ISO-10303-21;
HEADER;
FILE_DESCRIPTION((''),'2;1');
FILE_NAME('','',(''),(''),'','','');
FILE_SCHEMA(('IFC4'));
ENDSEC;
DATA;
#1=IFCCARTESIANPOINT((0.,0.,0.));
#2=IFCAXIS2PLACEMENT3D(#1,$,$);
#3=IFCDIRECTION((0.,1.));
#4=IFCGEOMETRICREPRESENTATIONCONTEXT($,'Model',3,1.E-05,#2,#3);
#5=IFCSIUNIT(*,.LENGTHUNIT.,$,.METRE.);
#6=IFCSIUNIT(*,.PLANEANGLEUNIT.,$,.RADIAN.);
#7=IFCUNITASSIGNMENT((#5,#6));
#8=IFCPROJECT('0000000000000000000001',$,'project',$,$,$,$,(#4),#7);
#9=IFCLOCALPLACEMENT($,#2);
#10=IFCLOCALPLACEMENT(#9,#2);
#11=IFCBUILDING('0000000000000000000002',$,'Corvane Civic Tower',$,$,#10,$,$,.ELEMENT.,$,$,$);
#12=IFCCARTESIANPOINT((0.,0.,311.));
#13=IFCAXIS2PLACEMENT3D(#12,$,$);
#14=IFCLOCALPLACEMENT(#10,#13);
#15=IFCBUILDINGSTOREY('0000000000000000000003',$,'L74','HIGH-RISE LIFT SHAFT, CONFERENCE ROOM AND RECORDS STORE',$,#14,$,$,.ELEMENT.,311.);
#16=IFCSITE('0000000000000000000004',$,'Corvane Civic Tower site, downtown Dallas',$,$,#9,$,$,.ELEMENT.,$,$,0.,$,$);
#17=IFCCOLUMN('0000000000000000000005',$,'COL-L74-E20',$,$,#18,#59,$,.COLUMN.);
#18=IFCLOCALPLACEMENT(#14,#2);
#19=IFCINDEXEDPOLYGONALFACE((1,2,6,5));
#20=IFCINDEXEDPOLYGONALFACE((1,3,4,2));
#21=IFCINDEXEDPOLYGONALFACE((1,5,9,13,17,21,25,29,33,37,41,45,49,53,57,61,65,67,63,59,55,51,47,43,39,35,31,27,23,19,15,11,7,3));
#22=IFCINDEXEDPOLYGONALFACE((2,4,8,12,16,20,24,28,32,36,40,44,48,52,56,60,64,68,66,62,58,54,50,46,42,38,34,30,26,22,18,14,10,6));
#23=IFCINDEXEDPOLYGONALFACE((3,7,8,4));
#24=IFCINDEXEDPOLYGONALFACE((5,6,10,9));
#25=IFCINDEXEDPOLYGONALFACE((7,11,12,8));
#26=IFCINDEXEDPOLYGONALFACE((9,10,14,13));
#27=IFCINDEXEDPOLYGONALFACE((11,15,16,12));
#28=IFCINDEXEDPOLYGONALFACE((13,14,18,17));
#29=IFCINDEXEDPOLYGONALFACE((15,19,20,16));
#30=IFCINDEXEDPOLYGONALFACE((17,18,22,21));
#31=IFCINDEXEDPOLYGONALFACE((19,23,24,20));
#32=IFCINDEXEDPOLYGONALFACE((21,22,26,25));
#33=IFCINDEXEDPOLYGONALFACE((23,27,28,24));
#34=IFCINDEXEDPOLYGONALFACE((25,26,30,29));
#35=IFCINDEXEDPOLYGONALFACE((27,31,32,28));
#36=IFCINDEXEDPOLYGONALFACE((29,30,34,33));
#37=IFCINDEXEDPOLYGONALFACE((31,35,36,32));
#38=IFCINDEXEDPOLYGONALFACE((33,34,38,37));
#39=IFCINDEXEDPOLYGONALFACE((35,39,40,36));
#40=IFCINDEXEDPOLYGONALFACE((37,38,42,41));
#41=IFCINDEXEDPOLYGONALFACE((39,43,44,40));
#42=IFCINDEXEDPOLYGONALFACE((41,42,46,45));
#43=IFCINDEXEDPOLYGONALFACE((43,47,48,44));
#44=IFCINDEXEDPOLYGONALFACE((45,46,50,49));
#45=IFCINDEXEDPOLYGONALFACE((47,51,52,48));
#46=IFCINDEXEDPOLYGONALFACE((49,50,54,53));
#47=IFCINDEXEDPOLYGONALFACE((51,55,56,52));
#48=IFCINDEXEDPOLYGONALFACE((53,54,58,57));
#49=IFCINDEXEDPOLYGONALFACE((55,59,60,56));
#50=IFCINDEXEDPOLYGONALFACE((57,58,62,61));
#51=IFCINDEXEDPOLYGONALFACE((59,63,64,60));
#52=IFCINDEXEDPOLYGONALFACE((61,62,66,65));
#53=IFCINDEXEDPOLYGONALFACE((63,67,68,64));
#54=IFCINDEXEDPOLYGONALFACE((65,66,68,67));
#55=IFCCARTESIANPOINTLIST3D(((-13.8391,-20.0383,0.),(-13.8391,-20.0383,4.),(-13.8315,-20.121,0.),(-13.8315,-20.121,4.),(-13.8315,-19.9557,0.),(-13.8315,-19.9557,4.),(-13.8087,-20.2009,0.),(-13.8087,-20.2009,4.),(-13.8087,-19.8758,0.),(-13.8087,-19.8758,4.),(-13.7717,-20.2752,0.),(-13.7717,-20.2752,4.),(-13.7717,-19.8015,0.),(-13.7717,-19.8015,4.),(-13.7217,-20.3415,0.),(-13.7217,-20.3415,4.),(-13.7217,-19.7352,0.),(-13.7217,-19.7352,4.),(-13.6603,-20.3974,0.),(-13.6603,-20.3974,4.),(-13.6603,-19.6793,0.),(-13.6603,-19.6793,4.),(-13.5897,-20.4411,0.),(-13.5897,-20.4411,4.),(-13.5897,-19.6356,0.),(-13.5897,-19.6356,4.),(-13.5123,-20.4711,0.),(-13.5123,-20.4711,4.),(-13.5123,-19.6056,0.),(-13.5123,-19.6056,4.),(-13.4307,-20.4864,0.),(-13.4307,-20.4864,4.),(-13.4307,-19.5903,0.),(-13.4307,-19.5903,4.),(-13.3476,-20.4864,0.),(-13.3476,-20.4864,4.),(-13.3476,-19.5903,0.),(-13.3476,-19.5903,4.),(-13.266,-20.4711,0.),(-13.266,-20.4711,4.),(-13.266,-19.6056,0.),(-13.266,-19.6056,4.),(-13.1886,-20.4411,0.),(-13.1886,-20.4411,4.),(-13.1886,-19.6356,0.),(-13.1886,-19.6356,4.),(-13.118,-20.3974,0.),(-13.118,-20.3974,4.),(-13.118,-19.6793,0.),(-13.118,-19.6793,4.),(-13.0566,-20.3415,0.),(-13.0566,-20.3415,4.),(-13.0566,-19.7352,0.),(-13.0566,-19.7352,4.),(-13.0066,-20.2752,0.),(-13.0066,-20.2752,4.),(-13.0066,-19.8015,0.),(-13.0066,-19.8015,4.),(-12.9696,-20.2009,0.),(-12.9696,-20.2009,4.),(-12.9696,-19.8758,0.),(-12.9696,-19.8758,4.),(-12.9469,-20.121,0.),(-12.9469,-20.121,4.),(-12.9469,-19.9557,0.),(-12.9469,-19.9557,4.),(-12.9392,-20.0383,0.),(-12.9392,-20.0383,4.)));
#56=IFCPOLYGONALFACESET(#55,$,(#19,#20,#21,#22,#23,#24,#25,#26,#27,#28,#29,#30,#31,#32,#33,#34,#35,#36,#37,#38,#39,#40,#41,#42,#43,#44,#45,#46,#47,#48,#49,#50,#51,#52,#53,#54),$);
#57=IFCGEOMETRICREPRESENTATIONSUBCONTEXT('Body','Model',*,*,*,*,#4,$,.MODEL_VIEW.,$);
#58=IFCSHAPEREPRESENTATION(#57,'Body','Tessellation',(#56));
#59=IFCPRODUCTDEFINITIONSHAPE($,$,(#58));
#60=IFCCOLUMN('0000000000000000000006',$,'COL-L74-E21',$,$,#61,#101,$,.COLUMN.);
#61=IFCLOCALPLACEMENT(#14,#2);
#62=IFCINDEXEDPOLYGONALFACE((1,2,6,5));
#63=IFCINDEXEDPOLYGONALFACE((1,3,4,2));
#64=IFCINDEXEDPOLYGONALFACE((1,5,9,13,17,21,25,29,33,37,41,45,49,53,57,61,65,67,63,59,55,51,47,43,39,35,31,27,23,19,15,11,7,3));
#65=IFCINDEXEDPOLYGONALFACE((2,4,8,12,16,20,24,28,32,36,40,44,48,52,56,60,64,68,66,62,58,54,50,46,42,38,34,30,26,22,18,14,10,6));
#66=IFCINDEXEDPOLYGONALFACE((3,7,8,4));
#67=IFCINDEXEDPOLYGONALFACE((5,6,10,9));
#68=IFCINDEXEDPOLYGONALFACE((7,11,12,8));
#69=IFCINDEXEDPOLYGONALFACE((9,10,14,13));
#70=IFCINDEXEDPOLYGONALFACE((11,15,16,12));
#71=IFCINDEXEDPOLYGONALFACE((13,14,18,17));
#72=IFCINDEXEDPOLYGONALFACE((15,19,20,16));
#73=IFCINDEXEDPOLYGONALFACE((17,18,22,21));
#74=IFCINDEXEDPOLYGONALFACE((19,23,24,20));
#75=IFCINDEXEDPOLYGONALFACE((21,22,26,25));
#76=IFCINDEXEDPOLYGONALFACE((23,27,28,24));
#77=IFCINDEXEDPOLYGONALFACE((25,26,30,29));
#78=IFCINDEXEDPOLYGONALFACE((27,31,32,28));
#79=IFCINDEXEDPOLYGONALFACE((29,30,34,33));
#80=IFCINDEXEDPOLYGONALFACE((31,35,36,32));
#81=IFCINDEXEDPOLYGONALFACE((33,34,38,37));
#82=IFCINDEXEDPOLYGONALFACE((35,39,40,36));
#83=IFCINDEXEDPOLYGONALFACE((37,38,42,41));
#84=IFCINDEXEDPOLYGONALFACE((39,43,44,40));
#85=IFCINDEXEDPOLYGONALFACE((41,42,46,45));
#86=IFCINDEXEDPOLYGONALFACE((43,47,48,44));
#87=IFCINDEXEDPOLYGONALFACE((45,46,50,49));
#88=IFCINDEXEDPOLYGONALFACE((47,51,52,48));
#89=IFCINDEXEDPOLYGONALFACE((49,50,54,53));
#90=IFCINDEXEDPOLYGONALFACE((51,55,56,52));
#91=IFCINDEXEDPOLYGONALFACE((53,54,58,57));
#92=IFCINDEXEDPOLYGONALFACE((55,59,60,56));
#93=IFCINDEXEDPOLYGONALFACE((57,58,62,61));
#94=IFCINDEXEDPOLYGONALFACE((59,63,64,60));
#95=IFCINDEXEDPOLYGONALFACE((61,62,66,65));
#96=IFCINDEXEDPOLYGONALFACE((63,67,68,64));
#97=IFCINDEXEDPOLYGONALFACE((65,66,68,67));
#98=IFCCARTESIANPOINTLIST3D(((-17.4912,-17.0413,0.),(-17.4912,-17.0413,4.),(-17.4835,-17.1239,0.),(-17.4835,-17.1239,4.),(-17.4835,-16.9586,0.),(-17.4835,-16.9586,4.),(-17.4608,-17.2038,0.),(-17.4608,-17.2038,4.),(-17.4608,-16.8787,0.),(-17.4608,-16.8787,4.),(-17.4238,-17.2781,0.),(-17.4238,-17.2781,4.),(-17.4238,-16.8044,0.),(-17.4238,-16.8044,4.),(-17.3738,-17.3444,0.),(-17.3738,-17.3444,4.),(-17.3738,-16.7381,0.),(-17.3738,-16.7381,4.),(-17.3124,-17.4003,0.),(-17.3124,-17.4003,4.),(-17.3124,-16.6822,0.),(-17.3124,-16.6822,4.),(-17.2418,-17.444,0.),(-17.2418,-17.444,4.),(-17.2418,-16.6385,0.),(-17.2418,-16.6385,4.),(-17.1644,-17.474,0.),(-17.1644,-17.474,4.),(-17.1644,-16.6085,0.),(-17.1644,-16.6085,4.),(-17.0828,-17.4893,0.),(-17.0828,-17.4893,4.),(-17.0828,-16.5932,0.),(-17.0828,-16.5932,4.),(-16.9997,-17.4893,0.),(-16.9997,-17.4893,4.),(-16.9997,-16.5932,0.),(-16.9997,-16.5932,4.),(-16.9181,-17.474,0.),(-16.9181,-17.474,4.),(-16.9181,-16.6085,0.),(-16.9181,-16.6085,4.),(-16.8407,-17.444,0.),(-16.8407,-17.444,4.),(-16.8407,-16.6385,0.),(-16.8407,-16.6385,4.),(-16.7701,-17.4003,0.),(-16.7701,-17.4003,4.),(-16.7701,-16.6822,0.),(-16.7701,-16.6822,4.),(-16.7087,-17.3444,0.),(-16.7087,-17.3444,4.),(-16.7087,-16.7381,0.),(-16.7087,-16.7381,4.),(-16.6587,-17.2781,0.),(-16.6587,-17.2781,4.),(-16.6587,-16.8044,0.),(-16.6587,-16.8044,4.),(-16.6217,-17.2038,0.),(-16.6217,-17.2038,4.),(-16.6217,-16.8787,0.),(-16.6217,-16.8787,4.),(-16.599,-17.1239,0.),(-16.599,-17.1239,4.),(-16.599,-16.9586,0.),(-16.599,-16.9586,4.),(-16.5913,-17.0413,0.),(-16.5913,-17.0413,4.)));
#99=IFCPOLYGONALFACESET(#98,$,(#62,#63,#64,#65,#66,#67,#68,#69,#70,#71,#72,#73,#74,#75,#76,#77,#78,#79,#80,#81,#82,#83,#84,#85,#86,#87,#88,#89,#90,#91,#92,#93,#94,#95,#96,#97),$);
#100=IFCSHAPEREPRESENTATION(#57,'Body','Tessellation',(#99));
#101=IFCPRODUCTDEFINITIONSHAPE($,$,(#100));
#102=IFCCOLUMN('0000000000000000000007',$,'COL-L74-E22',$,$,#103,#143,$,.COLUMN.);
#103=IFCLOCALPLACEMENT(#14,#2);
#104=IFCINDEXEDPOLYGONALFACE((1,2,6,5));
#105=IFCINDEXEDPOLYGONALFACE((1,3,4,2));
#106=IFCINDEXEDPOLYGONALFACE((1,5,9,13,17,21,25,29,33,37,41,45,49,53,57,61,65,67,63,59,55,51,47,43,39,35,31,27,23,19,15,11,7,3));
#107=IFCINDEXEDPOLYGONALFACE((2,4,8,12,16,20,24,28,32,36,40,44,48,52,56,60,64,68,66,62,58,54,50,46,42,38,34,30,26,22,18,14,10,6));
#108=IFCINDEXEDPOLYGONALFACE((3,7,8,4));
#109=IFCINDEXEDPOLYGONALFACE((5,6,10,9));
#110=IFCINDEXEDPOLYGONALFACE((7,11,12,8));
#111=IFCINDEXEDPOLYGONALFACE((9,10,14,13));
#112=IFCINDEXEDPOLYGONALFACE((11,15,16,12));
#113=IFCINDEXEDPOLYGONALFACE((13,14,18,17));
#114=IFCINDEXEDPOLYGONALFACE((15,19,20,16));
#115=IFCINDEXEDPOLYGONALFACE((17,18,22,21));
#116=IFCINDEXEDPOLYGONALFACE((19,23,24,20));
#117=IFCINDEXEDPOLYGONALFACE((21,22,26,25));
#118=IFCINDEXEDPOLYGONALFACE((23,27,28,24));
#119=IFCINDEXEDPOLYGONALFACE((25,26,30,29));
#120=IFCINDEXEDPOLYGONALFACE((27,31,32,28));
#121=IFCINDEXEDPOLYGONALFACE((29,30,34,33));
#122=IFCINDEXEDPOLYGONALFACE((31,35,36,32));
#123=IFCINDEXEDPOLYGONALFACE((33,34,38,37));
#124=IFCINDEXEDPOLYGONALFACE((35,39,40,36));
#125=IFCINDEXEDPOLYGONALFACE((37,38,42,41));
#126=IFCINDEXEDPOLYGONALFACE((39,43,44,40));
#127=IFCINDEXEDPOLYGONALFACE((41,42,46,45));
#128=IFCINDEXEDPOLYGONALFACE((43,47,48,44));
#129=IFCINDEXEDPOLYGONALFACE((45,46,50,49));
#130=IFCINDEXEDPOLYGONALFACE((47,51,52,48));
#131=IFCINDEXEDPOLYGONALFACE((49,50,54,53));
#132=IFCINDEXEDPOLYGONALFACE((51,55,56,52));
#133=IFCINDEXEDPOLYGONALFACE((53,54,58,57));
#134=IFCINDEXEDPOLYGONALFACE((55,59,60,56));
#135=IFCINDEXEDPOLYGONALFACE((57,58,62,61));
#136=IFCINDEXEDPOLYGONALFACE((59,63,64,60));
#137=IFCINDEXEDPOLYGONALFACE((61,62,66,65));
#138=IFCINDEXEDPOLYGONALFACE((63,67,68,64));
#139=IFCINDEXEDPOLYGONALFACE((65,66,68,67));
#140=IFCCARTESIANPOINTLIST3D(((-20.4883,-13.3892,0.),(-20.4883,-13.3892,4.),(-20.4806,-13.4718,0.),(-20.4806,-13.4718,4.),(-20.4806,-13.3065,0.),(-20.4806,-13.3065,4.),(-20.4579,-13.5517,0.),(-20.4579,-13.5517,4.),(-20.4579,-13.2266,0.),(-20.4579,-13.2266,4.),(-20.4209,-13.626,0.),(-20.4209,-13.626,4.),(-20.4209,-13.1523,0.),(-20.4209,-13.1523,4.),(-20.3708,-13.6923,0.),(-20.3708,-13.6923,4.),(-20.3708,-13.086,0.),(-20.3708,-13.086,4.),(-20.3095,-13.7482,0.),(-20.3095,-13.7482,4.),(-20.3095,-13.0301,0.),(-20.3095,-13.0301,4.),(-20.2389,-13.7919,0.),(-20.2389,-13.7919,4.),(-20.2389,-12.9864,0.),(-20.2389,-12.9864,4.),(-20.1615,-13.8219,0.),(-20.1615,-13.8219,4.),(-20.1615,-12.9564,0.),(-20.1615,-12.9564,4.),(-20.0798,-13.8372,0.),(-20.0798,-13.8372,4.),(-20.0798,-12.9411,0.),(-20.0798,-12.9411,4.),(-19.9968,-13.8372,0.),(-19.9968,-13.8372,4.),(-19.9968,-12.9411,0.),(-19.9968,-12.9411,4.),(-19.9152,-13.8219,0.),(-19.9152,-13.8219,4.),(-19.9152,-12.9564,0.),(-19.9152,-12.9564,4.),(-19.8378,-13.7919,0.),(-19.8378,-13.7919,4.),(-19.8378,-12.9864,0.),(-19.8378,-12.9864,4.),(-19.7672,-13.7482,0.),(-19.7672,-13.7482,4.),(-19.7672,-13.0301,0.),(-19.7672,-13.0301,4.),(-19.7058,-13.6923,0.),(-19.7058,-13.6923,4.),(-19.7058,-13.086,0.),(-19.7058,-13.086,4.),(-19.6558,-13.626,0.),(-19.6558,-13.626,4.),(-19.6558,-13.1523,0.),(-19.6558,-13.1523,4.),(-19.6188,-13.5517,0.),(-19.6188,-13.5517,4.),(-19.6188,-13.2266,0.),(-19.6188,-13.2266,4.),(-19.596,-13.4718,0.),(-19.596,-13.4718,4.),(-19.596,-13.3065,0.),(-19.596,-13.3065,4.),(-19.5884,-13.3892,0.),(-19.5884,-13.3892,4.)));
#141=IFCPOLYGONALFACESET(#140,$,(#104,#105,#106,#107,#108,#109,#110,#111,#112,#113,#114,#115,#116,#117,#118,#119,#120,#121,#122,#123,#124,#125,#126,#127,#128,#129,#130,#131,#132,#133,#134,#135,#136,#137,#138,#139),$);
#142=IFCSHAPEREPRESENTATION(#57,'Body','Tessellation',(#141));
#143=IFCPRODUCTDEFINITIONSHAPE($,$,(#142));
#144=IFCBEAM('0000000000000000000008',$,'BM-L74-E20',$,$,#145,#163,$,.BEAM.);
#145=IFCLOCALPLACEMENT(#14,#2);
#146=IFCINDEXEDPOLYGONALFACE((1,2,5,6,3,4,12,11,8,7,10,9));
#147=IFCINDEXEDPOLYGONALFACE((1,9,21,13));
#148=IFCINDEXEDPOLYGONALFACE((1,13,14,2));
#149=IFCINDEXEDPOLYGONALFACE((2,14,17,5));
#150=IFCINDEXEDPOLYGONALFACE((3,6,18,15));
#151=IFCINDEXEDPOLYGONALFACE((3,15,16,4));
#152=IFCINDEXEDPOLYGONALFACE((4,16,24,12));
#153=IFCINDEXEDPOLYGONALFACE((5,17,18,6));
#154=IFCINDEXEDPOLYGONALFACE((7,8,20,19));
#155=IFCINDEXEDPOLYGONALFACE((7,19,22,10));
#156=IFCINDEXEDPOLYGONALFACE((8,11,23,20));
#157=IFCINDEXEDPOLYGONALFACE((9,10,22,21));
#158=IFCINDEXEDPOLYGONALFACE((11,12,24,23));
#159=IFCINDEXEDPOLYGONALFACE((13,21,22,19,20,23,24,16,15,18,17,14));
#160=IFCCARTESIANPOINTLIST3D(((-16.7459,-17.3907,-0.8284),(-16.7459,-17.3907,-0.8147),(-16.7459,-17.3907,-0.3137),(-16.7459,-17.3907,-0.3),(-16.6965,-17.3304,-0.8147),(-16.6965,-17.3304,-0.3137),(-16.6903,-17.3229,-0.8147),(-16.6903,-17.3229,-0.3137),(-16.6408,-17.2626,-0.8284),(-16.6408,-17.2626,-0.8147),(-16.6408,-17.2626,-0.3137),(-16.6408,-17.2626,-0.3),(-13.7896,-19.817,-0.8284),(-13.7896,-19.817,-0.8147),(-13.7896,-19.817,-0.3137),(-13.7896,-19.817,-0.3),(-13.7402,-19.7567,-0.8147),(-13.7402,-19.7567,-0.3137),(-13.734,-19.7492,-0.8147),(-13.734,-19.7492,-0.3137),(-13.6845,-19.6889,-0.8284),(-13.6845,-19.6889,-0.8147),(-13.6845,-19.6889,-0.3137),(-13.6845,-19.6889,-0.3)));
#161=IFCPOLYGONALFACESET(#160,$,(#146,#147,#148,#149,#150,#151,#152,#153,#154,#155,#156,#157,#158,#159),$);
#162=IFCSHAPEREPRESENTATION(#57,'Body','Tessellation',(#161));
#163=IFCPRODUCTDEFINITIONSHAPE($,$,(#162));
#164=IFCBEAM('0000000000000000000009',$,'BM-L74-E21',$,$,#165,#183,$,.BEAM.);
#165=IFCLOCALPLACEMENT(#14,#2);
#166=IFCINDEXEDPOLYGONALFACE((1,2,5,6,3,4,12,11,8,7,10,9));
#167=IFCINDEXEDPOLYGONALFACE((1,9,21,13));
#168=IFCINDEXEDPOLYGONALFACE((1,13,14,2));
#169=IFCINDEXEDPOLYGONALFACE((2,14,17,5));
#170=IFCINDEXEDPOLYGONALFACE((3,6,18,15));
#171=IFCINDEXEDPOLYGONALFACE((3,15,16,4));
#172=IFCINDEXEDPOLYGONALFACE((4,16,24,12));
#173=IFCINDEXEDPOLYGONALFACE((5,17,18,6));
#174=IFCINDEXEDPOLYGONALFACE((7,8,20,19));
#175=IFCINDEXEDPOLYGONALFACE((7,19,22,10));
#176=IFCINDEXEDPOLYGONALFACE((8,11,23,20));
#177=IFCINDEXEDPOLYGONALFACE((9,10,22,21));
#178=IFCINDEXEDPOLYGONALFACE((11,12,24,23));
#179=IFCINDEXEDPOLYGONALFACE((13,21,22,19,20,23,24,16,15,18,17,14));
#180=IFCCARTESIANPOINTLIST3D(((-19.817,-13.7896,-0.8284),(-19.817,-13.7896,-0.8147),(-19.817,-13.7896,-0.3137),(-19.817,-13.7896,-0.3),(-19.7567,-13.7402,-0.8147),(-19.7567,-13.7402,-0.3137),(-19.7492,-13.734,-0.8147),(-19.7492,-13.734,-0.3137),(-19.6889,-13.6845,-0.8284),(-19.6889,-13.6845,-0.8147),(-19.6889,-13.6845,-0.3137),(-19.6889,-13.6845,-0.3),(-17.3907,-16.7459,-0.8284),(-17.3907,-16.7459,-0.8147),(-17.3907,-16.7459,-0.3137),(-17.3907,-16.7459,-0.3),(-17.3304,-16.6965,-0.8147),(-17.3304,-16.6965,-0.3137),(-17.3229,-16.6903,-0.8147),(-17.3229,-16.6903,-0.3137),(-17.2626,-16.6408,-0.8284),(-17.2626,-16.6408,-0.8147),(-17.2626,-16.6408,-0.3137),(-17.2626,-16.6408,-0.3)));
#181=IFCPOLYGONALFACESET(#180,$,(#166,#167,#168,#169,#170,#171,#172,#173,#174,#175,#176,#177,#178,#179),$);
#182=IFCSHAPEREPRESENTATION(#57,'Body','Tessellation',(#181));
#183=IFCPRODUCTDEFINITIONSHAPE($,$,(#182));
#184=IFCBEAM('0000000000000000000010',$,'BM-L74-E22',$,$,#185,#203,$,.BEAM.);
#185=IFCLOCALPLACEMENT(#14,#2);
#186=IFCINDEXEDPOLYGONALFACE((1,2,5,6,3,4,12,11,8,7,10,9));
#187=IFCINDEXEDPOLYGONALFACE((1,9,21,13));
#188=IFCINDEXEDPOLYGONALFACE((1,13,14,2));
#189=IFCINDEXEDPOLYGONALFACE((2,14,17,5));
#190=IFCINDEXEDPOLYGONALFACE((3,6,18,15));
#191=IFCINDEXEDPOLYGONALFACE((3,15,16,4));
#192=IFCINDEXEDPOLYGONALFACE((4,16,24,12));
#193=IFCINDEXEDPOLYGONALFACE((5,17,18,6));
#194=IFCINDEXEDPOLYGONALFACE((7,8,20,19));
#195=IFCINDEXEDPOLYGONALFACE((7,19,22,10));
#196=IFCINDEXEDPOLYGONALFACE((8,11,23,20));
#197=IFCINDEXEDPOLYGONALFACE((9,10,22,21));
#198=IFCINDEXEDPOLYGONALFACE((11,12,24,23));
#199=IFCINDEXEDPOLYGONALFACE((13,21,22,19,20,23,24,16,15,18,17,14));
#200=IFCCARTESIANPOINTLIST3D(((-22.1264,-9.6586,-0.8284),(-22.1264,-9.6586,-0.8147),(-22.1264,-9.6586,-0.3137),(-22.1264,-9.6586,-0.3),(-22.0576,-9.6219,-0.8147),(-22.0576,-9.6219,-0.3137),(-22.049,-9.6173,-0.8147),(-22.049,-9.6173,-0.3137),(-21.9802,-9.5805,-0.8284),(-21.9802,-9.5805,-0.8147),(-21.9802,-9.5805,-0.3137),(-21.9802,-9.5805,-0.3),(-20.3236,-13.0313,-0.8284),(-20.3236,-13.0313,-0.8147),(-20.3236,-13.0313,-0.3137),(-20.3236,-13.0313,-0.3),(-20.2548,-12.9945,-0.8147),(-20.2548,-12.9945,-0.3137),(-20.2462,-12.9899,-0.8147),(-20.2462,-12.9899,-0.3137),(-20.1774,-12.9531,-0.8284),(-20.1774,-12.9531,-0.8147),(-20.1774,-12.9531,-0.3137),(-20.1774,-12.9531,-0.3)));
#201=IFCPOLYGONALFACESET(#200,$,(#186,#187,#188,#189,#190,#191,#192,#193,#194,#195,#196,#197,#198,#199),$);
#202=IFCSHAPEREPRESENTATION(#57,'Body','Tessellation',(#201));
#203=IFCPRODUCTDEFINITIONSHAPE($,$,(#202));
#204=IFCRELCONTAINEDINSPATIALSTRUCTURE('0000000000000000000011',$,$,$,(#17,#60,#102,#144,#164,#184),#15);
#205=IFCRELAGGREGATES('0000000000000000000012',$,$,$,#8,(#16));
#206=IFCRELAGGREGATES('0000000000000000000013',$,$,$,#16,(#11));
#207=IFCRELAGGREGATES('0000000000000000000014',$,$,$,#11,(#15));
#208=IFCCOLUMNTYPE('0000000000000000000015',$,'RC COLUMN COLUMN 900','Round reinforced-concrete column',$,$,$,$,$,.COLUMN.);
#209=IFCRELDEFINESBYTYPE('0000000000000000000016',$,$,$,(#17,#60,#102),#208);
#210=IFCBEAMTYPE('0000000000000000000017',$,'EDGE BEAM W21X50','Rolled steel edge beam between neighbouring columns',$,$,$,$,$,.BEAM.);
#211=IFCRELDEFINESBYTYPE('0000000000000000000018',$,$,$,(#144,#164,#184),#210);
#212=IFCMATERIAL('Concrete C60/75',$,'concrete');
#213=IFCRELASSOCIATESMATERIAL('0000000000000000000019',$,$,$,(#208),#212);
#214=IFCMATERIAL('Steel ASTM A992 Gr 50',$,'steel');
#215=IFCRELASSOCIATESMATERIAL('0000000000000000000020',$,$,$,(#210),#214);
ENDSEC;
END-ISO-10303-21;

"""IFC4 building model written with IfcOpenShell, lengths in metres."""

from ifc_helpers import new_model, si_unit, direction, frame, origin, origin_2d, place, context, subcontext, project, spatial, circle, i_section, extrude, material, material_profile, profile_set, type_object, element, save


model = new_model("IFC4")

# Units and contexts
model_context = context("Model", 3, precision=1e-05, world=origin(), true_north=direction((0.0, 1.0)))
body_context = subcontext(model_context, "Body", "Model", "MODEL_VIEW")
ifc_project = project(units=[si_unit("LENGTHUNIT", "METRE"), si_unit("PLANEANGLEUNIT", "RADIAN")], contexts=[model_context])

# Site, building, storey
site_placement = place(None, origin())
site = spatial("IfcSite", under=ifc_project, at=site_placement, Name="Corvane Civic Tower site, downtown Dallas", CompositionType="ELEMENT", RefElevation=0.0)
building_placement = place(site_placement, origin())
building = spatial("IfcBuilding", under=site, at=building_placement, Name="Corvane Civic Tower", CompositionType="ELEMENT")
storey_placement = place(building_placement, frame((0.0, 0.0, 311.0)))
storey = spatial("IfcBuildingStorey", under=building, at=storey_placement, Name="L74", Description="HIGH-RISE LIFT SHAFT, CONFERENCE ROOM AND RECORDS STORE", CompositionType="ELEMENT", Elevation=311.0)

# Columns
ifc_material_1 = material(Name="Concrete C60/75", Category="concrete")
ifc_material_profile_1 = material_profile(ifc_material_1, circle(Radius=0.45, at=origin_2d()), Name="COLUMN 900")
ifc_profile_set_1 = profile_set([ifc_material_profile_1], Name="Concrete C60/75")
column_type = type_object("IfcColumnType", Name="RC COLUMN COLUMN 900", Description="Round reinforced-concrete column", PredefinedType="COLUMN", material=ifc_profile_set_1)
for number, where, z_axis, x_axis, name in (
    (1, (-13.3892, -20.0383, 0.0), (0.0, 0.0, 1.0), (1.0, 0.0, 0.0), "COL-L74-E20"),
    (2, (-17.0413, -17.0413, 0.0), (0.0, 0.0, 1.0), (1.0, 0.0, 0.0), "COL-L74-E21"),
    (3, (-20.0383, -13.3892, 0.0), (0.0, 0.0, 1.0), (1.0, 0.0, 0.0), "COL-L74-E22"),
):
    element("IfcColumn", number, at=place(storey_placement, frame(where, z_axis=z_axis, x_axis=x_axis)), inside=storey, type_object=column_type, Name=name, PredefinedType="COLUMN", context=body_context, shape_type="SweptSolid", body=[
        extrude(circle(Radius=0.45, at=origin_2d()), origin(), (0.0, 0.0, 1.0), 4.0),
    ])

# Beams
ifc_material_2 = material(Name="Steel ASTM A992 Gr 50", Category="steel")
ifc_material_profile_2 = material_profile(ifc_material_2, i_section(OverallWidth=0.1658, OverallDepth=0.5283, WebThickness=0.0098, FlangeThickness=0.0137, at=origin_2d()), Name="W21X50")
ifc_profile_set_2 = profile_set([ifc_material_profile_2], Name="Steel ASTM A992 Gr 50")
beam_type_1 = type_object("IfcBeamType", Name="EDGE BEAM W21X50", Description="Rolled steel edge beam between neighbouring columns", PredefinedType="BEAM", material=ifc_profile_set_2)
for number, where, z_axis, x_axis, name in (
    (4, (-13.7371, -19.7529, -0.5642), (-0.772998, 0.634409, 0.0), (-0.634409, -0.772998, 0.0), "BM-L74-E20"),
    (5, (-17.3267, -16.6934, -0.5642), (-0.634409, 0.772998, 0.0), (-0.772998, -0.634409, 0.0), "BM-L74-E21"),
):
    element("IfcBeam", number, at=place(storey_placement, frame(where, z_axis=z_axis, x_axis=x_axis)), inside=storey, type_object=beam_type_1, Name=name, PredefinedType="BEAM", context=body_context, shape_type="SweptSolid", body=[
        extrude(i_section(OverallWidth=0.1658, OverallDepth=0.5283, WebThickness=0.0098, FlangeThickness=0.0137, at=origin_2d()), origin(), (0.0, 0.0, 1.0), 3.8245),
    ])
beam_1_placement = place(storey_placement, frame((-20.2505, -12.9922, -0.5642), z_axis=(-0.47141, 0.881914, 0.0), x_axis=(-0.881914, -0.47141, 0.0)))
element("IfcBeam", 6, at=beam_1_placement, inside=storey, type_object=beam_type_1, Name="BM-L74-E22", PredefinedType="BEAM", context=body_context, shape_type="SweptSolid", body=[
    extrude(i_section(OverallWidth=0.1658, OverallDepth=0.5283, WebThickness=0.0098, FlangeThickness=0.0137, at=origin_2d()), origin(), (0.0, 0.0, 1.0), 3.8242),
])

save(model, "model.ifc")
